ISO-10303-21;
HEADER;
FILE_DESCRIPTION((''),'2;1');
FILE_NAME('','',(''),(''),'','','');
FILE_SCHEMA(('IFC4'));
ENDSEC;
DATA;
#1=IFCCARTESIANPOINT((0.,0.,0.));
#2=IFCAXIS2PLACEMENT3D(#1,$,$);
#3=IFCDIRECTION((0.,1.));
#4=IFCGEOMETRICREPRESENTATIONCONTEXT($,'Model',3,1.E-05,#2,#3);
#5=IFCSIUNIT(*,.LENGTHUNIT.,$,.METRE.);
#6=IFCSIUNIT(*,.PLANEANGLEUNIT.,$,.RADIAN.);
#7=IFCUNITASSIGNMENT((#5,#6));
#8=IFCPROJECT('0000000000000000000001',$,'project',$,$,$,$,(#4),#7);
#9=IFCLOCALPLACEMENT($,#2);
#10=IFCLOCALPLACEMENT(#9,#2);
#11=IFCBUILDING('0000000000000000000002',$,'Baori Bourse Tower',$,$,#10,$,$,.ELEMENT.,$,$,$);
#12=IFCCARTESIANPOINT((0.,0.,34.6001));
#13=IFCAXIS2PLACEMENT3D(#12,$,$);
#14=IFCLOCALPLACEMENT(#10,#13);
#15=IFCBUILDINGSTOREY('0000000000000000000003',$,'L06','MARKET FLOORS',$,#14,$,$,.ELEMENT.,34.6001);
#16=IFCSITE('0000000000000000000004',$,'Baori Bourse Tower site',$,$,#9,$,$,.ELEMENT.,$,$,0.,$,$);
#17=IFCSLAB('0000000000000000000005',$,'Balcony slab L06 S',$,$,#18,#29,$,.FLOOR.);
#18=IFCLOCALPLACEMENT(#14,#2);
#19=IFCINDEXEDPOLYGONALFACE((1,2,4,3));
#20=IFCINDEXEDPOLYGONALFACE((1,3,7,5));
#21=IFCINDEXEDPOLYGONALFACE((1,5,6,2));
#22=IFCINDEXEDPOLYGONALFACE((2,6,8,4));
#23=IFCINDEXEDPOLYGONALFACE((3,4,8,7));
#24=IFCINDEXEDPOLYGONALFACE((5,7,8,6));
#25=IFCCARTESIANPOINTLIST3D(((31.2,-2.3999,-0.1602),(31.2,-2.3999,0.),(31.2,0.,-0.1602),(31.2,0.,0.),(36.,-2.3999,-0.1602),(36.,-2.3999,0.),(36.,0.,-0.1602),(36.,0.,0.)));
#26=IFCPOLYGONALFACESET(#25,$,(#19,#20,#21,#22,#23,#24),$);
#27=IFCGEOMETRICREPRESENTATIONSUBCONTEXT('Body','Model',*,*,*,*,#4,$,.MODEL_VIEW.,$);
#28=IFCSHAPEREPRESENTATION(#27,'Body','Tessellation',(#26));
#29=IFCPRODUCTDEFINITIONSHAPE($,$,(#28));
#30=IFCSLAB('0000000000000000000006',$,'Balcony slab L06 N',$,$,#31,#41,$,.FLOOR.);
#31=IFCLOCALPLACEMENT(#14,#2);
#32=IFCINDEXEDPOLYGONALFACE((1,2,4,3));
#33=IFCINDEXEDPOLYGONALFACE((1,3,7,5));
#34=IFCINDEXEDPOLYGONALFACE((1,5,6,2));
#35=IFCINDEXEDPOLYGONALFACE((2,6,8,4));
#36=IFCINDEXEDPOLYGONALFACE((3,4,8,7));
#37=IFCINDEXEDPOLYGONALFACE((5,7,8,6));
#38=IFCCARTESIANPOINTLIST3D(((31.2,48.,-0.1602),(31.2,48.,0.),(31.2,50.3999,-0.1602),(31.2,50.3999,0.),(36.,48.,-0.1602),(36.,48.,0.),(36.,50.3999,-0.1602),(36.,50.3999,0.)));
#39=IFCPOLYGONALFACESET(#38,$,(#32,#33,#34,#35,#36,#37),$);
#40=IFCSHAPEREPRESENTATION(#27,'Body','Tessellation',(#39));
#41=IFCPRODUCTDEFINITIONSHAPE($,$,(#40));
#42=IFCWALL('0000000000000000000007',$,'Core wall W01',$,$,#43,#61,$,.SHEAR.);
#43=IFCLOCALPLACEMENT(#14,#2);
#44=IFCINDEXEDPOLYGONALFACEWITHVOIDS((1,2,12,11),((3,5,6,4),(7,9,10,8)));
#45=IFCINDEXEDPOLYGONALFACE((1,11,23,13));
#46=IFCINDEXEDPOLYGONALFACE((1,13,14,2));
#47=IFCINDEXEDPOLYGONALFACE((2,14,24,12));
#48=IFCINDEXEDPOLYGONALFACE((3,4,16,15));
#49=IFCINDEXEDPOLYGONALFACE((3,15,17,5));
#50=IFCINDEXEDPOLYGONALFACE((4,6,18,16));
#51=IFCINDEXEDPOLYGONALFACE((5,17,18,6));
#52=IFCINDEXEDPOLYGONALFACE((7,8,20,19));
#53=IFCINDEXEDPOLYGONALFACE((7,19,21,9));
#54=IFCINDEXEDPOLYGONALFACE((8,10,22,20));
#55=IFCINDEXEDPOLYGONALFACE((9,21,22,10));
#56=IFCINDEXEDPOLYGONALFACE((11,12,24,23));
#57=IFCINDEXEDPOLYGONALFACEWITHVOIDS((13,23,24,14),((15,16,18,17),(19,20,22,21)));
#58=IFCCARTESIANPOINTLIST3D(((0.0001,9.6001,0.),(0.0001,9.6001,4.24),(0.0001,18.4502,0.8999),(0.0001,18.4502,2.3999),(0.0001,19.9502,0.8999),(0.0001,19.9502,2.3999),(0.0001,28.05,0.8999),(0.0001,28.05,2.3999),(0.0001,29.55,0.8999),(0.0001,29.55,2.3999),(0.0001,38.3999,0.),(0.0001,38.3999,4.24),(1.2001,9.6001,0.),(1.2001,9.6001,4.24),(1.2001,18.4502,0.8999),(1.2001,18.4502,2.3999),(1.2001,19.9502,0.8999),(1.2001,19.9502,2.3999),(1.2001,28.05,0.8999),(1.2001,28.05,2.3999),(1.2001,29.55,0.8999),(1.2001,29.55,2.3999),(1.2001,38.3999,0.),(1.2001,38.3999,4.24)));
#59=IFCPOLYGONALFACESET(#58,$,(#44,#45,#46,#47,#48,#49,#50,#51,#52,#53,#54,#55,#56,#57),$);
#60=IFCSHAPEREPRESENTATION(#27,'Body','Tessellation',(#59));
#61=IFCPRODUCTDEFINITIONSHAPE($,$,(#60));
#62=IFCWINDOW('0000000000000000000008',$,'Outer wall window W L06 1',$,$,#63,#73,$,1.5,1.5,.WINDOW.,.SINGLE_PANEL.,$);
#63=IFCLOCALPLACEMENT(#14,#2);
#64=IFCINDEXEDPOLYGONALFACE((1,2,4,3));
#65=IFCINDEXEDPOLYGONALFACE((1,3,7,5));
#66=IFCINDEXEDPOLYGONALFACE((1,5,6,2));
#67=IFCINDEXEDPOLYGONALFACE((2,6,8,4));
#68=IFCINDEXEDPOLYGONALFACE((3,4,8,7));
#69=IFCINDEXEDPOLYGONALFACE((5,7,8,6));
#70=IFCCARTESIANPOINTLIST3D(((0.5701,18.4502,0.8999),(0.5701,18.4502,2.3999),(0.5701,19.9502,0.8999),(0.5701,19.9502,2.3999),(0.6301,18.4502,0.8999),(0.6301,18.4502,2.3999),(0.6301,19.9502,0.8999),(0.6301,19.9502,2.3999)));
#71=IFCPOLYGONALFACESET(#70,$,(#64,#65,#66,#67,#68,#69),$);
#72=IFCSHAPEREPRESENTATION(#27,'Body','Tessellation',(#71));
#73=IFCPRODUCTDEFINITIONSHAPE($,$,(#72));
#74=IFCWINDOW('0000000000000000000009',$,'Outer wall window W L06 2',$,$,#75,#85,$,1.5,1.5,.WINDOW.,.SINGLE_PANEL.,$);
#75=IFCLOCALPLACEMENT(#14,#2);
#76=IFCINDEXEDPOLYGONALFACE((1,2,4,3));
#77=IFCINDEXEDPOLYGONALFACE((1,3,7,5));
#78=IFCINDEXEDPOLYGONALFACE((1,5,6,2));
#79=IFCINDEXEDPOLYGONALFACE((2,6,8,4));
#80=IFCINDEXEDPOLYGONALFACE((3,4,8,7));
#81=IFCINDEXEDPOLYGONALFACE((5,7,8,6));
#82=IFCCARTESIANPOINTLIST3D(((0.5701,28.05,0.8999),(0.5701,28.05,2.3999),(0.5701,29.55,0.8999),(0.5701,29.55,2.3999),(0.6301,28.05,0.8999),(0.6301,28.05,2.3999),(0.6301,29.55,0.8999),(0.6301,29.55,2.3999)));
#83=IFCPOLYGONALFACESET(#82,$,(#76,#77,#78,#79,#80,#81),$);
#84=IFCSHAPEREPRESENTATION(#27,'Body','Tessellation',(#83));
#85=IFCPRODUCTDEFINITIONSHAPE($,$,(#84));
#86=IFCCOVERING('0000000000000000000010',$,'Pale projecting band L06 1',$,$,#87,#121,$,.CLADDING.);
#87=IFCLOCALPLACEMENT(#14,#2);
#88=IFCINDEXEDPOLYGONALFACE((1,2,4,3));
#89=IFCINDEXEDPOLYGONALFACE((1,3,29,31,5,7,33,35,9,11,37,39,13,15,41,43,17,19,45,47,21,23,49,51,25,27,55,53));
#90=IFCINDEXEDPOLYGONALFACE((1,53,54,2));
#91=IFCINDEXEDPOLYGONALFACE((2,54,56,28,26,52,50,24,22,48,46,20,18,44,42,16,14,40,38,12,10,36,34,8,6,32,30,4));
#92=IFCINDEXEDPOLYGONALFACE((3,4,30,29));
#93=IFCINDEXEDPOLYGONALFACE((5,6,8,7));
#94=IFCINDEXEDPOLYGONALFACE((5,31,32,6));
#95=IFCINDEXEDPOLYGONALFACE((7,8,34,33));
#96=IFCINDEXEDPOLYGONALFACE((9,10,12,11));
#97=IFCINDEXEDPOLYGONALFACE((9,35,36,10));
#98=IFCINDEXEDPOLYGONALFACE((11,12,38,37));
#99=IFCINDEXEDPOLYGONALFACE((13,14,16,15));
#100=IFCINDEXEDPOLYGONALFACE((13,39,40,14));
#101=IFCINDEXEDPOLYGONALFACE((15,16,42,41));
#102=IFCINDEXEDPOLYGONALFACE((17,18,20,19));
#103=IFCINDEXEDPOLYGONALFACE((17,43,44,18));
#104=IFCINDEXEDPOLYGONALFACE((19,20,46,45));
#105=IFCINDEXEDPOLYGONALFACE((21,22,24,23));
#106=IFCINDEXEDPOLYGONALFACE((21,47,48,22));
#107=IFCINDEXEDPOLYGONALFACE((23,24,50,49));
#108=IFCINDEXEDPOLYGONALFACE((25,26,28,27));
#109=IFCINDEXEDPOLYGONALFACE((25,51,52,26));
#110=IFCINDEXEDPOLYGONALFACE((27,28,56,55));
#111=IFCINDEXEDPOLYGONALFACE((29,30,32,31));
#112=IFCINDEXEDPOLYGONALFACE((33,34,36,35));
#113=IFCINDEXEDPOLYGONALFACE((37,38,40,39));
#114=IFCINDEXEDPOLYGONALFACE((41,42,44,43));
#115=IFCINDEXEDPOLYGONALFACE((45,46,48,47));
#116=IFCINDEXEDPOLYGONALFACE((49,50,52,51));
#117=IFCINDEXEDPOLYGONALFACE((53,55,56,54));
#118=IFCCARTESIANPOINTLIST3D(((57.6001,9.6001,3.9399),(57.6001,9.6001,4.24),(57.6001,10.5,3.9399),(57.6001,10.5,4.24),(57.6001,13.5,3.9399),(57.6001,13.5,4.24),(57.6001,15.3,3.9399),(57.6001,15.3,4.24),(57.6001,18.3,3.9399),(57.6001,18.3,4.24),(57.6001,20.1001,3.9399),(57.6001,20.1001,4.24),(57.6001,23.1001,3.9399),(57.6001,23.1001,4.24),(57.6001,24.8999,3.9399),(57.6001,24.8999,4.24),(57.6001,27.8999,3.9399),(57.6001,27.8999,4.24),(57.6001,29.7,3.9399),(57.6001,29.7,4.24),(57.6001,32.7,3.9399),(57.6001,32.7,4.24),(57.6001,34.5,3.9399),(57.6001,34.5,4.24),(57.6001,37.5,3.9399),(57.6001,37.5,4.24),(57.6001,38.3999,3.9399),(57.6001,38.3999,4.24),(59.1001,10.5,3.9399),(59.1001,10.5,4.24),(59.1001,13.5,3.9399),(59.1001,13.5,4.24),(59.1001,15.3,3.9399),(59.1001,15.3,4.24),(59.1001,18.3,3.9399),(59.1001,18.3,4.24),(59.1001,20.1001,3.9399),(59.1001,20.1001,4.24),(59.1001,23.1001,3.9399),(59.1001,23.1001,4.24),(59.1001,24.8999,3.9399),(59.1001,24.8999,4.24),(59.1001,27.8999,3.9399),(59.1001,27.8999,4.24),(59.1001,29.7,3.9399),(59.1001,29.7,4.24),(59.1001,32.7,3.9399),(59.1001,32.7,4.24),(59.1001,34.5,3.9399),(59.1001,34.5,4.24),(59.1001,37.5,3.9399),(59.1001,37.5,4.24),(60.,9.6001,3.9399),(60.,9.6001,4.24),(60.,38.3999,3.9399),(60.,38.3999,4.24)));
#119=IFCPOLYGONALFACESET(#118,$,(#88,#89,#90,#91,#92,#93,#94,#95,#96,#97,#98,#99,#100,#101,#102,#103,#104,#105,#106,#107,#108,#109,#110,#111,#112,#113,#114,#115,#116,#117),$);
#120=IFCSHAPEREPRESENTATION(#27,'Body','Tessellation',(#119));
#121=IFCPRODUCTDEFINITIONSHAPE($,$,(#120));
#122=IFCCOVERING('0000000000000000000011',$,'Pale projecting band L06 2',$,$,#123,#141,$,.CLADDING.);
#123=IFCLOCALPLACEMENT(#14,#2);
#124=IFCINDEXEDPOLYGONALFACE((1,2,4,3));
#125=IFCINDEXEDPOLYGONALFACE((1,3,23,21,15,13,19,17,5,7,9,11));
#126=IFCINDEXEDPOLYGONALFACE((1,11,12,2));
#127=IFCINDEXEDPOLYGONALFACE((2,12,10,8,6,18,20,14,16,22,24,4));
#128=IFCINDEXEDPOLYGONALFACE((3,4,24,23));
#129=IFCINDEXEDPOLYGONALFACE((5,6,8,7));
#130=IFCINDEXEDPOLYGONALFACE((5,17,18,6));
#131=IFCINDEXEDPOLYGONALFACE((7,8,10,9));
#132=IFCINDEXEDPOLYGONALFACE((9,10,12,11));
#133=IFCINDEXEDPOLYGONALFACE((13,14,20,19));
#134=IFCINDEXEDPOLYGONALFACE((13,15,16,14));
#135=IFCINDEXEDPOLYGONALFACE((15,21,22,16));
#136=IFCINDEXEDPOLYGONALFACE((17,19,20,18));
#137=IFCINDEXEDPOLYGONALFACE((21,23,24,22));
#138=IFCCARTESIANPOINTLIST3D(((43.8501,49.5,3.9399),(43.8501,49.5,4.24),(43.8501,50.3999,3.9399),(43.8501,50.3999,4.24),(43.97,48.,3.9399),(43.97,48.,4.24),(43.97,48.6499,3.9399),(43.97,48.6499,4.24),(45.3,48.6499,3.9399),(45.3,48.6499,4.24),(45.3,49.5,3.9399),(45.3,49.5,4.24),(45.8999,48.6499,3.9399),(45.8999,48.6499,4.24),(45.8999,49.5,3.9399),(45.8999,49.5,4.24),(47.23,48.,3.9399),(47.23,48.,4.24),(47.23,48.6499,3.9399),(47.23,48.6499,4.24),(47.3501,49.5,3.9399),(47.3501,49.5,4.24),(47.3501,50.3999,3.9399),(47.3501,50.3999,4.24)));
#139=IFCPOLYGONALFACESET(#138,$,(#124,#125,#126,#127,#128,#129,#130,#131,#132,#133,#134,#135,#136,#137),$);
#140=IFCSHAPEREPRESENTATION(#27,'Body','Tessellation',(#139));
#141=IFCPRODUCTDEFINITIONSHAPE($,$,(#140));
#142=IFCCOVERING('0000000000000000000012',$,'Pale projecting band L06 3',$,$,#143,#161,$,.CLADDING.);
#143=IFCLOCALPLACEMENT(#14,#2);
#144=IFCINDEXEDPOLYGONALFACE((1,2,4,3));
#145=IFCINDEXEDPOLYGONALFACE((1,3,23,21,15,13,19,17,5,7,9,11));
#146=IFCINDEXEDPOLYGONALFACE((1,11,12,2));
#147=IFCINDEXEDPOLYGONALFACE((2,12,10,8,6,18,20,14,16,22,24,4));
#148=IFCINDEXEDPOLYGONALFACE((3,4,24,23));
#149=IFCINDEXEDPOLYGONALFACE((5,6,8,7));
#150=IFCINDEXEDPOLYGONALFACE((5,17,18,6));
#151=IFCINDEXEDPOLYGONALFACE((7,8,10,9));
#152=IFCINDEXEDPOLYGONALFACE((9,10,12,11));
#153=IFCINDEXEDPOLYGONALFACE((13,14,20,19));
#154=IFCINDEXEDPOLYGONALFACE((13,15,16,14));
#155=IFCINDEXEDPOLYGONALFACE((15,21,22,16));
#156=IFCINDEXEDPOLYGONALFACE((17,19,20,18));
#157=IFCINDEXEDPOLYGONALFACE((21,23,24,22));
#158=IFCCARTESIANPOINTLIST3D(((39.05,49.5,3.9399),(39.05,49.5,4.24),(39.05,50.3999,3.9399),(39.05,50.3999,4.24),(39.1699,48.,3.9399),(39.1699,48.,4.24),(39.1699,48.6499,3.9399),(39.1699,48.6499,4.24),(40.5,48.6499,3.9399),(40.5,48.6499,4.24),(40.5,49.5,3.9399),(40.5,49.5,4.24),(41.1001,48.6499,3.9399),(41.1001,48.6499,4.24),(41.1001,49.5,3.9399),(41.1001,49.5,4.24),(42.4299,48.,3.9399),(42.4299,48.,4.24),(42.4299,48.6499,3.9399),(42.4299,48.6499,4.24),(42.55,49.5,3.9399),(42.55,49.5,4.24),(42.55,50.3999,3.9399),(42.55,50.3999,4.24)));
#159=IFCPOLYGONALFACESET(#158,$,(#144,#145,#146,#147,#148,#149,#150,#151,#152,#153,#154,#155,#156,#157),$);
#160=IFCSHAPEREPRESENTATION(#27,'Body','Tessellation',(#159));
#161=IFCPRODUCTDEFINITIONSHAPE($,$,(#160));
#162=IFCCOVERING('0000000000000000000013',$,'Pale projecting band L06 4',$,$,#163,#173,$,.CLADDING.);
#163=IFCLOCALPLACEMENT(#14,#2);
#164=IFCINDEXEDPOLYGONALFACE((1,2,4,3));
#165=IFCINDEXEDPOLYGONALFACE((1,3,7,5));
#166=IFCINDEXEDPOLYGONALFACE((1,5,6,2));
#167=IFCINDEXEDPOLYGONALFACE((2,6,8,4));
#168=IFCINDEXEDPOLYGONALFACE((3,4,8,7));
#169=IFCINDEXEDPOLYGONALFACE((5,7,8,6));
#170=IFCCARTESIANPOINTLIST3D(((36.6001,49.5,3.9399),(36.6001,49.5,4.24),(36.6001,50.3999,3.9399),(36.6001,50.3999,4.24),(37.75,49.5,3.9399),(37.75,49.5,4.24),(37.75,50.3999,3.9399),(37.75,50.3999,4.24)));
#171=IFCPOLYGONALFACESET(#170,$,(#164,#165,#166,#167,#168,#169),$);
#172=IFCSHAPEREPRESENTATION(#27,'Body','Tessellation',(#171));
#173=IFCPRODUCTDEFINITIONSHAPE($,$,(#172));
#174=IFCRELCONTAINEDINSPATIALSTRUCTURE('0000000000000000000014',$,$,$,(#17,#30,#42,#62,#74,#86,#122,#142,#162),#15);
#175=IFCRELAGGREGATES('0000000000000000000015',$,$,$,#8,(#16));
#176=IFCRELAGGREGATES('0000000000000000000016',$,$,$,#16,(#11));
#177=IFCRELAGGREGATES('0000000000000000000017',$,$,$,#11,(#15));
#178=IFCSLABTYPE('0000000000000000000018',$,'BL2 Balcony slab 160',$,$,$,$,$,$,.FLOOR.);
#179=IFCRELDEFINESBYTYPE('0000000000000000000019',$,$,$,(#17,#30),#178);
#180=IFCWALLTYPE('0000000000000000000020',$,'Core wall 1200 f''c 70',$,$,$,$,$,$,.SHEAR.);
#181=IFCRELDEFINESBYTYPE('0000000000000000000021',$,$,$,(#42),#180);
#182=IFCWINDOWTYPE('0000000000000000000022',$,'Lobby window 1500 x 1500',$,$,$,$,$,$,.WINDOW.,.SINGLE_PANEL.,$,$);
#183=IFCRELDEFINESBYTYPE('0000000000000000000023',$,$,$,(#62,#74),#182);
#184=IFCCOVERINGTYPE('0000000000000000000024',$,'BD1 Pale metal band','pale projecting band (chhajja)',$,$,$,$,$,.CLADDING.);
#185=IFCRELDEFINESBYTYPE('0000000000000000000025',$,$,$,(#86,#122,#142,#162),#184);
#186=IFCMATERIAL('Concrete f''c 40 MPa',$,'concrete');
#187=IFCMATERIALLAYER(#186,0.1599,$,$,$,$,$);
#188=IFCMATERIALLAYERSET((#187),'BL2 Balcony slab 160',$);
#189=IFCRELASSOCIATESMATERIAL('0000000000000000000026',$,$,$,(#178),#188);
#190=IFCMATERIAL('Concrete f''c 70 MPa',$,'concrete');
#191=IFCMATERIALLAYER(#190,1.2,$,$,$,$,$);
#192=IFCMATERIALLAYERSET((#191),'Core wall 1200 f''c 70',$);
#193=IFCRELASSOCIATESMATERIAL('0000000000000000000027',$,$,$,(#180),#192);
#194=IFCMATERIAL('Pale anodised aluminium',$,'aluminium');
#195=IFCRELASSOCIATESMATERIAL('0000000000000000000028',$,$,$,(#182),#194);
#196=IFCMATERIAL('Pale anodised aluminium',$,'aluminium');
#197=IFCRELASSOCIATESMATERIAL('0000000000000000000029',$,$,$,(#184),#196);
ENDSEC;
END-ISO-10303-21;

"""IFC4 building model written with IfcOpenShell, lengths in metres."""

from ifc_helpers import new_model, si_unit, direction, frame, frame_2d, origin, place, context, subcontext, project, spatial, polyline, rectangle, outline, extrude, material, layer, layer_set, type_object, element, fill, save


model = new_model("IFC4")

# Units and contexts
model_context = context("Model", 3, precision=1e-05, world=origin(), true_north=direction((0.0, 1.0)))
body_context = subcontext(model_context, "Body", "Model", "MODEL_VIEW")
ifc_project = project(units=[si_unit("LENGTHUNIT", "METRE"), si_unit("PLANEANGLEUNIT", "RADIAN")], contexts=[model_context])

# Site, building, storey
site_placement = place(None, origin())
site = spatial("IfcSite", under=ifc_project, at=site_placement, Name="Baori Bourse Tower site", CompositionType="ELEMENT", RefElevation=0.0)
building_placement = place(site_placement, origin())
building = spatial("IfcBuilding", under=site, at=building_placement, Name="Baori Bourse Tower", CompositionType="ELEMENT")
storey_placement = place(building_placement, frame((0.0, 0.0, 34.6001)))
storey = spatial("IfcBuildingStorey", under=building, at=storey_placement, Name="L06", Description="MARKET FLOORS", CompositionType="ELEMENT", Elevation=34.6001)

# Slabs
ifc_material_1 = material(Name="Concrete f'c 40 MPa", Category="concrete")
ifc_layer_1 = layer(ifc_material_1, 0.1599)
ifc_layer_set_1 = layer_set([ifc_layer_1], Name="BL2 Balcony slab 160")
slab_type = type_object("IfcSlabType", Name="BL2 Balcony slab 160", PredefinedType="FLOOR", material=ifc_layer_set_1)
slab_1_placement = place(storey_placement, frame((0.0, 0.0, -0.1602)))
element("IfcSlab", 1, at=slab_1_placement, inside=storey, type_object=slab_type, Name="Balcony slab L06 S", PredefinedType="FLOOR", context=body_context, shape_type="SweptSolid", body=[
    extrude(outline(polyline([(31.2, 0.0), (31.2, -2.3999), (36.0, -2.3999), (36.0, 0.0), (31.2, 0.0)])), origin(), (0.0, 0.0, 1.0), 0.1602),
])
slab_2_placement = place(storey_placement, frame((0.0, 0.0, -0.1602)))
element("IfcSlab", 2, at=slab_2_placement, inside=storey, type_object=slab_type, Name="Balcony slab L06 N", PredefinedType="FLOOR", context=body_context, shape_type="SweptSolid", body=[
    extrude(outline(polyline([(31.2, 48.0), (36.0, 48.0), (36.0, 50.3999), (31.2, 50.3999), (31.2, 48.0)])), origin(), (0.0, 0.0, 1.0), 0.1602),
])

# Wall, openings, windows
ifc_material_2 = material(Name="Concrete f'c 70 MPa", Category="concrete")
ifc_layer_2 = layer(ifc_material_2, 1.2)
ifc_layer_set_2 = layer_set([ifc_layer_2], Name="Core wall 1200 f'c 70")
wall_type = type_object("IfcWallType", Name="Core wall 1200 f'c 70", PredefinedType="SHEAR", material=ifc_layer_set_2)
wall_placement = place(storey_placement, frame((0.6001, 9.6001, 0.0), z_axis=(0.0, 0.0, 1.0), x_axis=(0.0, 1.0, 0.0)))
wall = element("IfcWall", 3, at=wall_placement, inside=storey, type_object=wall_type, Name="Core wall W01", PredefinedType="SHEAR", context=body_context, shape_type="SweptSolid", body=[
    extrude(rectangle(XDim=28.7998, YDim=1.2, at=frame_2d((14.3999, 0.0))), origin(), (0.0, 0.0, 1.0), 4.24),
])
opening_1_placement = place(wall_placement, frame((8.8501, 0.0, 0.8999)))
opening_1 = element("IfcOpeningElement", 4, at=opening_1_placement, cuts=wall, PredefinedType="OPENING", context=body_context, shape_type="SweptSolid", body=[
    extrude(rectangle(XDim=1.5, YDim=1.5, at=frame_2d((0.75, 0.75))), frame((0.0, 0.6099, 0.0), z_axis=(0.0, -1.0, 0.0), x_axis=(1.0, 0.0, 0.0)), (0.0, 0.0, 1.0), 1.22),
])
opening_2_placement = place(wall_placement, frame((18.45, 0.0, 0.8999)))
opening_2 = element("IfcOpeningElement", 5, at=opening_2_placement, cuts=wall, PredefinedType="OPENING", context=body_context, shape_type="SweptSolid", body=[
    extrude(rectangle(XDim=1.5, YDim=1.5, at=frame_2d((0.75, 0.75))), frame((0.0, 0.6099, 0.0), z_axis=(0.0, -1.0, 0.0), x_axis=(1.0, 0.0, 0.0)), (0.0, 0.0, 1.0), 1.22),
])
ifc_material_3 = material(Name="Pale anodised aluminium", Category="aluminium")
window_type = type_object("IfcWindowType", Name="Lobby window 1500 x 1500", PartitioningType="SINGLE_PANEL", PredefinedType="WINDOW", material=ifc_material_3)
window_1_placement = place(opening_1_placement, origin())
window_1 = element("IfcWindow", 6, at=window_1_placement, inside=storey, type_object=window_type, Name="Outer wall window W L06 1", OverallHeight=1.5, OverallWidth=1.5, PartitioningType="SINGLE_PANEL", PredefinedType="WINDOW", context=body_context, shape_type="SweptSolid", body=[
    extrude(rectangle(XDim=1.5, YDim=1.5, at=frame_2d((0.75, 0.75))), frame((0.0, 0.03, 0.0), z_axis=(0.0, -1.0, 0.0), x_axis=(1.0, 0.0, 0.0)), (0.0, 0.0, 1.0), 0.0601),
])
fill(opening_1, window_1)
window_2_placement = place(opening_2_placement, origin())
window_2 = element("IfcWindow", 7, at=window_2_placement, inside=storey, type_object=window_type, Name="Outer wall window W L06 2", OverallHeight=1.5, OverallWidth=1.5, PartitioningType="SINGLE_PANEL", PredefinedType="WINDOW", context=body_context, shape_type="SweptSolid", body=[
    extrude(rectangle(XDim=1.5, YDim=1.5, at=frame_2d((0.75, 0.75))), frame((0.0, 0.03, 0.0), z_axis=(0.0, -1.0, 0.0), x_axis=(1.0, 0.0, 0.0)), (0.0, 0.0, 1.0), 0.0601),
])
fill(opening_2, window_2)

# Coverings
ifc_material_4 = material(Name="Pale anodised aluminium", Category="aluminium")
covering_type_1 = type_object("IfcCoveringType", Name="BD1 Pale metal band", Description="pale projecting band (chhajja)", PredefinedType="CLADDING", material=ifc_material_4)
covering_1_placement = place(storey_placement, frame((0.0, 0.0, 3.9399)))
element("IfcCovering", 8, at=covering_1_placement, inside=storey, type_object=covering_type_1, Name="Pale projecting band L06 1", PredefinedType="CLADDING", context=body_context, shape_type="SweptSolid", body=[
    extrude(outline(polyline([(57.6001, 10.5), (57.6001, 9.6001), (60.0, 9.6001), (60.0, 38.3999), (57.6001, 38.3999), (57.6001, 37.5), (59.1001, 37.5), (59.1001, 34.5), (57.6001, 34.5), (57.6001, 32.7), (59.1001, 32.7), (59.1001, 29.7), (57.6001, 29.7), (57.6001, 27.8999), (59.1001, 27.8999), (59.1001, 24.8999), (57.6001, 24.8999), (57.6001, 23.1001), (59.1001, 23.1001), (59.1001, 20.1001), (57.6001, 20.1001), (57.6001, 18.3), (59.1001, 18.3), (59.1001, 15.3), (57.6001, 15.3), (57.6001, 13.5), (59.1001, 13.5), (59.1001, 10.5), (57.6001, 10.5)])), origin(), (0.0, 0.0, 1.0), 0.3),
])
covering_2_placement = place(storey_placement, frame((0.0, 0.0, 3.9399)))
element("IfcCovering", 9, at=covering_2_placement, inside=storey, type_object=covering_type_1, Name="Pale projecting band L06 2", PredefinedType="CLADDING", context=body_context, shape_type="SweptSolid", body=[
    extrude(outline(polyline([(43.97, 48.0), (47.23, 48.0), (47.23, 48.6499), (45.8999, 48.6499), (45.8999, 49.5), (47.3501, 49.5), (47.3501, 50.3999), (43.8501, 50.3999), (43.8501, 49.5), (45.3, 49.5), (45.3, 48.6499), (43.97, 48.6499), (43.97, 48.0)])), origin(), (0.0, 0.0, 1.0), 0.3),
])
covering_3_placement = place(storey_placement, frame((0.0, 0.0, 3.9399)))
element("IfcCovering", 10, at=covering_3_placement, inside=storey, type_object=covering_type_1, Name="Pale projecting band L06 3", PredefinedType="CLADDING", context=body_context, shape_type="SweptSolid", body=[
    extrude(outline(polyline([(39.1699, 48.0), (42.4299, 48.0), (42.4299, 48.6499), (41.1001, 48.6499), (41.1001, 49.5), (42.55, 49.5), (42.55, 50.3999), (39.05, 50.3999), (39.05, 49.5), (40.5, 49.5), (40.5, 48.6499), (39.1699, 48.6499), (39.1699, 48.0)])), origin(), (0.0, 0.0, 1.0), 0.3),
])
covering_4_placement = place(storey_placement, frame((0.0, 0.0, 3.9399)))
element("IfcCovering", 11, at=covering_4_placement, inside=storey, type_object=covering_type_1, Name="Pale projecting band L06 4", PredefinedType="CLADDING", context=body_context, shape_type="SweptSolid", body=[
    extrude(outline(polyline([(37.75, 50.3999), (36.6001, 50.3999), (36.6001, 49.5), (37.75, 49.5), (37.75, 50.3999)])), origin(), (0.0, 0.0, 1.0), 0.3),
])

save(model, "model.ifc")
